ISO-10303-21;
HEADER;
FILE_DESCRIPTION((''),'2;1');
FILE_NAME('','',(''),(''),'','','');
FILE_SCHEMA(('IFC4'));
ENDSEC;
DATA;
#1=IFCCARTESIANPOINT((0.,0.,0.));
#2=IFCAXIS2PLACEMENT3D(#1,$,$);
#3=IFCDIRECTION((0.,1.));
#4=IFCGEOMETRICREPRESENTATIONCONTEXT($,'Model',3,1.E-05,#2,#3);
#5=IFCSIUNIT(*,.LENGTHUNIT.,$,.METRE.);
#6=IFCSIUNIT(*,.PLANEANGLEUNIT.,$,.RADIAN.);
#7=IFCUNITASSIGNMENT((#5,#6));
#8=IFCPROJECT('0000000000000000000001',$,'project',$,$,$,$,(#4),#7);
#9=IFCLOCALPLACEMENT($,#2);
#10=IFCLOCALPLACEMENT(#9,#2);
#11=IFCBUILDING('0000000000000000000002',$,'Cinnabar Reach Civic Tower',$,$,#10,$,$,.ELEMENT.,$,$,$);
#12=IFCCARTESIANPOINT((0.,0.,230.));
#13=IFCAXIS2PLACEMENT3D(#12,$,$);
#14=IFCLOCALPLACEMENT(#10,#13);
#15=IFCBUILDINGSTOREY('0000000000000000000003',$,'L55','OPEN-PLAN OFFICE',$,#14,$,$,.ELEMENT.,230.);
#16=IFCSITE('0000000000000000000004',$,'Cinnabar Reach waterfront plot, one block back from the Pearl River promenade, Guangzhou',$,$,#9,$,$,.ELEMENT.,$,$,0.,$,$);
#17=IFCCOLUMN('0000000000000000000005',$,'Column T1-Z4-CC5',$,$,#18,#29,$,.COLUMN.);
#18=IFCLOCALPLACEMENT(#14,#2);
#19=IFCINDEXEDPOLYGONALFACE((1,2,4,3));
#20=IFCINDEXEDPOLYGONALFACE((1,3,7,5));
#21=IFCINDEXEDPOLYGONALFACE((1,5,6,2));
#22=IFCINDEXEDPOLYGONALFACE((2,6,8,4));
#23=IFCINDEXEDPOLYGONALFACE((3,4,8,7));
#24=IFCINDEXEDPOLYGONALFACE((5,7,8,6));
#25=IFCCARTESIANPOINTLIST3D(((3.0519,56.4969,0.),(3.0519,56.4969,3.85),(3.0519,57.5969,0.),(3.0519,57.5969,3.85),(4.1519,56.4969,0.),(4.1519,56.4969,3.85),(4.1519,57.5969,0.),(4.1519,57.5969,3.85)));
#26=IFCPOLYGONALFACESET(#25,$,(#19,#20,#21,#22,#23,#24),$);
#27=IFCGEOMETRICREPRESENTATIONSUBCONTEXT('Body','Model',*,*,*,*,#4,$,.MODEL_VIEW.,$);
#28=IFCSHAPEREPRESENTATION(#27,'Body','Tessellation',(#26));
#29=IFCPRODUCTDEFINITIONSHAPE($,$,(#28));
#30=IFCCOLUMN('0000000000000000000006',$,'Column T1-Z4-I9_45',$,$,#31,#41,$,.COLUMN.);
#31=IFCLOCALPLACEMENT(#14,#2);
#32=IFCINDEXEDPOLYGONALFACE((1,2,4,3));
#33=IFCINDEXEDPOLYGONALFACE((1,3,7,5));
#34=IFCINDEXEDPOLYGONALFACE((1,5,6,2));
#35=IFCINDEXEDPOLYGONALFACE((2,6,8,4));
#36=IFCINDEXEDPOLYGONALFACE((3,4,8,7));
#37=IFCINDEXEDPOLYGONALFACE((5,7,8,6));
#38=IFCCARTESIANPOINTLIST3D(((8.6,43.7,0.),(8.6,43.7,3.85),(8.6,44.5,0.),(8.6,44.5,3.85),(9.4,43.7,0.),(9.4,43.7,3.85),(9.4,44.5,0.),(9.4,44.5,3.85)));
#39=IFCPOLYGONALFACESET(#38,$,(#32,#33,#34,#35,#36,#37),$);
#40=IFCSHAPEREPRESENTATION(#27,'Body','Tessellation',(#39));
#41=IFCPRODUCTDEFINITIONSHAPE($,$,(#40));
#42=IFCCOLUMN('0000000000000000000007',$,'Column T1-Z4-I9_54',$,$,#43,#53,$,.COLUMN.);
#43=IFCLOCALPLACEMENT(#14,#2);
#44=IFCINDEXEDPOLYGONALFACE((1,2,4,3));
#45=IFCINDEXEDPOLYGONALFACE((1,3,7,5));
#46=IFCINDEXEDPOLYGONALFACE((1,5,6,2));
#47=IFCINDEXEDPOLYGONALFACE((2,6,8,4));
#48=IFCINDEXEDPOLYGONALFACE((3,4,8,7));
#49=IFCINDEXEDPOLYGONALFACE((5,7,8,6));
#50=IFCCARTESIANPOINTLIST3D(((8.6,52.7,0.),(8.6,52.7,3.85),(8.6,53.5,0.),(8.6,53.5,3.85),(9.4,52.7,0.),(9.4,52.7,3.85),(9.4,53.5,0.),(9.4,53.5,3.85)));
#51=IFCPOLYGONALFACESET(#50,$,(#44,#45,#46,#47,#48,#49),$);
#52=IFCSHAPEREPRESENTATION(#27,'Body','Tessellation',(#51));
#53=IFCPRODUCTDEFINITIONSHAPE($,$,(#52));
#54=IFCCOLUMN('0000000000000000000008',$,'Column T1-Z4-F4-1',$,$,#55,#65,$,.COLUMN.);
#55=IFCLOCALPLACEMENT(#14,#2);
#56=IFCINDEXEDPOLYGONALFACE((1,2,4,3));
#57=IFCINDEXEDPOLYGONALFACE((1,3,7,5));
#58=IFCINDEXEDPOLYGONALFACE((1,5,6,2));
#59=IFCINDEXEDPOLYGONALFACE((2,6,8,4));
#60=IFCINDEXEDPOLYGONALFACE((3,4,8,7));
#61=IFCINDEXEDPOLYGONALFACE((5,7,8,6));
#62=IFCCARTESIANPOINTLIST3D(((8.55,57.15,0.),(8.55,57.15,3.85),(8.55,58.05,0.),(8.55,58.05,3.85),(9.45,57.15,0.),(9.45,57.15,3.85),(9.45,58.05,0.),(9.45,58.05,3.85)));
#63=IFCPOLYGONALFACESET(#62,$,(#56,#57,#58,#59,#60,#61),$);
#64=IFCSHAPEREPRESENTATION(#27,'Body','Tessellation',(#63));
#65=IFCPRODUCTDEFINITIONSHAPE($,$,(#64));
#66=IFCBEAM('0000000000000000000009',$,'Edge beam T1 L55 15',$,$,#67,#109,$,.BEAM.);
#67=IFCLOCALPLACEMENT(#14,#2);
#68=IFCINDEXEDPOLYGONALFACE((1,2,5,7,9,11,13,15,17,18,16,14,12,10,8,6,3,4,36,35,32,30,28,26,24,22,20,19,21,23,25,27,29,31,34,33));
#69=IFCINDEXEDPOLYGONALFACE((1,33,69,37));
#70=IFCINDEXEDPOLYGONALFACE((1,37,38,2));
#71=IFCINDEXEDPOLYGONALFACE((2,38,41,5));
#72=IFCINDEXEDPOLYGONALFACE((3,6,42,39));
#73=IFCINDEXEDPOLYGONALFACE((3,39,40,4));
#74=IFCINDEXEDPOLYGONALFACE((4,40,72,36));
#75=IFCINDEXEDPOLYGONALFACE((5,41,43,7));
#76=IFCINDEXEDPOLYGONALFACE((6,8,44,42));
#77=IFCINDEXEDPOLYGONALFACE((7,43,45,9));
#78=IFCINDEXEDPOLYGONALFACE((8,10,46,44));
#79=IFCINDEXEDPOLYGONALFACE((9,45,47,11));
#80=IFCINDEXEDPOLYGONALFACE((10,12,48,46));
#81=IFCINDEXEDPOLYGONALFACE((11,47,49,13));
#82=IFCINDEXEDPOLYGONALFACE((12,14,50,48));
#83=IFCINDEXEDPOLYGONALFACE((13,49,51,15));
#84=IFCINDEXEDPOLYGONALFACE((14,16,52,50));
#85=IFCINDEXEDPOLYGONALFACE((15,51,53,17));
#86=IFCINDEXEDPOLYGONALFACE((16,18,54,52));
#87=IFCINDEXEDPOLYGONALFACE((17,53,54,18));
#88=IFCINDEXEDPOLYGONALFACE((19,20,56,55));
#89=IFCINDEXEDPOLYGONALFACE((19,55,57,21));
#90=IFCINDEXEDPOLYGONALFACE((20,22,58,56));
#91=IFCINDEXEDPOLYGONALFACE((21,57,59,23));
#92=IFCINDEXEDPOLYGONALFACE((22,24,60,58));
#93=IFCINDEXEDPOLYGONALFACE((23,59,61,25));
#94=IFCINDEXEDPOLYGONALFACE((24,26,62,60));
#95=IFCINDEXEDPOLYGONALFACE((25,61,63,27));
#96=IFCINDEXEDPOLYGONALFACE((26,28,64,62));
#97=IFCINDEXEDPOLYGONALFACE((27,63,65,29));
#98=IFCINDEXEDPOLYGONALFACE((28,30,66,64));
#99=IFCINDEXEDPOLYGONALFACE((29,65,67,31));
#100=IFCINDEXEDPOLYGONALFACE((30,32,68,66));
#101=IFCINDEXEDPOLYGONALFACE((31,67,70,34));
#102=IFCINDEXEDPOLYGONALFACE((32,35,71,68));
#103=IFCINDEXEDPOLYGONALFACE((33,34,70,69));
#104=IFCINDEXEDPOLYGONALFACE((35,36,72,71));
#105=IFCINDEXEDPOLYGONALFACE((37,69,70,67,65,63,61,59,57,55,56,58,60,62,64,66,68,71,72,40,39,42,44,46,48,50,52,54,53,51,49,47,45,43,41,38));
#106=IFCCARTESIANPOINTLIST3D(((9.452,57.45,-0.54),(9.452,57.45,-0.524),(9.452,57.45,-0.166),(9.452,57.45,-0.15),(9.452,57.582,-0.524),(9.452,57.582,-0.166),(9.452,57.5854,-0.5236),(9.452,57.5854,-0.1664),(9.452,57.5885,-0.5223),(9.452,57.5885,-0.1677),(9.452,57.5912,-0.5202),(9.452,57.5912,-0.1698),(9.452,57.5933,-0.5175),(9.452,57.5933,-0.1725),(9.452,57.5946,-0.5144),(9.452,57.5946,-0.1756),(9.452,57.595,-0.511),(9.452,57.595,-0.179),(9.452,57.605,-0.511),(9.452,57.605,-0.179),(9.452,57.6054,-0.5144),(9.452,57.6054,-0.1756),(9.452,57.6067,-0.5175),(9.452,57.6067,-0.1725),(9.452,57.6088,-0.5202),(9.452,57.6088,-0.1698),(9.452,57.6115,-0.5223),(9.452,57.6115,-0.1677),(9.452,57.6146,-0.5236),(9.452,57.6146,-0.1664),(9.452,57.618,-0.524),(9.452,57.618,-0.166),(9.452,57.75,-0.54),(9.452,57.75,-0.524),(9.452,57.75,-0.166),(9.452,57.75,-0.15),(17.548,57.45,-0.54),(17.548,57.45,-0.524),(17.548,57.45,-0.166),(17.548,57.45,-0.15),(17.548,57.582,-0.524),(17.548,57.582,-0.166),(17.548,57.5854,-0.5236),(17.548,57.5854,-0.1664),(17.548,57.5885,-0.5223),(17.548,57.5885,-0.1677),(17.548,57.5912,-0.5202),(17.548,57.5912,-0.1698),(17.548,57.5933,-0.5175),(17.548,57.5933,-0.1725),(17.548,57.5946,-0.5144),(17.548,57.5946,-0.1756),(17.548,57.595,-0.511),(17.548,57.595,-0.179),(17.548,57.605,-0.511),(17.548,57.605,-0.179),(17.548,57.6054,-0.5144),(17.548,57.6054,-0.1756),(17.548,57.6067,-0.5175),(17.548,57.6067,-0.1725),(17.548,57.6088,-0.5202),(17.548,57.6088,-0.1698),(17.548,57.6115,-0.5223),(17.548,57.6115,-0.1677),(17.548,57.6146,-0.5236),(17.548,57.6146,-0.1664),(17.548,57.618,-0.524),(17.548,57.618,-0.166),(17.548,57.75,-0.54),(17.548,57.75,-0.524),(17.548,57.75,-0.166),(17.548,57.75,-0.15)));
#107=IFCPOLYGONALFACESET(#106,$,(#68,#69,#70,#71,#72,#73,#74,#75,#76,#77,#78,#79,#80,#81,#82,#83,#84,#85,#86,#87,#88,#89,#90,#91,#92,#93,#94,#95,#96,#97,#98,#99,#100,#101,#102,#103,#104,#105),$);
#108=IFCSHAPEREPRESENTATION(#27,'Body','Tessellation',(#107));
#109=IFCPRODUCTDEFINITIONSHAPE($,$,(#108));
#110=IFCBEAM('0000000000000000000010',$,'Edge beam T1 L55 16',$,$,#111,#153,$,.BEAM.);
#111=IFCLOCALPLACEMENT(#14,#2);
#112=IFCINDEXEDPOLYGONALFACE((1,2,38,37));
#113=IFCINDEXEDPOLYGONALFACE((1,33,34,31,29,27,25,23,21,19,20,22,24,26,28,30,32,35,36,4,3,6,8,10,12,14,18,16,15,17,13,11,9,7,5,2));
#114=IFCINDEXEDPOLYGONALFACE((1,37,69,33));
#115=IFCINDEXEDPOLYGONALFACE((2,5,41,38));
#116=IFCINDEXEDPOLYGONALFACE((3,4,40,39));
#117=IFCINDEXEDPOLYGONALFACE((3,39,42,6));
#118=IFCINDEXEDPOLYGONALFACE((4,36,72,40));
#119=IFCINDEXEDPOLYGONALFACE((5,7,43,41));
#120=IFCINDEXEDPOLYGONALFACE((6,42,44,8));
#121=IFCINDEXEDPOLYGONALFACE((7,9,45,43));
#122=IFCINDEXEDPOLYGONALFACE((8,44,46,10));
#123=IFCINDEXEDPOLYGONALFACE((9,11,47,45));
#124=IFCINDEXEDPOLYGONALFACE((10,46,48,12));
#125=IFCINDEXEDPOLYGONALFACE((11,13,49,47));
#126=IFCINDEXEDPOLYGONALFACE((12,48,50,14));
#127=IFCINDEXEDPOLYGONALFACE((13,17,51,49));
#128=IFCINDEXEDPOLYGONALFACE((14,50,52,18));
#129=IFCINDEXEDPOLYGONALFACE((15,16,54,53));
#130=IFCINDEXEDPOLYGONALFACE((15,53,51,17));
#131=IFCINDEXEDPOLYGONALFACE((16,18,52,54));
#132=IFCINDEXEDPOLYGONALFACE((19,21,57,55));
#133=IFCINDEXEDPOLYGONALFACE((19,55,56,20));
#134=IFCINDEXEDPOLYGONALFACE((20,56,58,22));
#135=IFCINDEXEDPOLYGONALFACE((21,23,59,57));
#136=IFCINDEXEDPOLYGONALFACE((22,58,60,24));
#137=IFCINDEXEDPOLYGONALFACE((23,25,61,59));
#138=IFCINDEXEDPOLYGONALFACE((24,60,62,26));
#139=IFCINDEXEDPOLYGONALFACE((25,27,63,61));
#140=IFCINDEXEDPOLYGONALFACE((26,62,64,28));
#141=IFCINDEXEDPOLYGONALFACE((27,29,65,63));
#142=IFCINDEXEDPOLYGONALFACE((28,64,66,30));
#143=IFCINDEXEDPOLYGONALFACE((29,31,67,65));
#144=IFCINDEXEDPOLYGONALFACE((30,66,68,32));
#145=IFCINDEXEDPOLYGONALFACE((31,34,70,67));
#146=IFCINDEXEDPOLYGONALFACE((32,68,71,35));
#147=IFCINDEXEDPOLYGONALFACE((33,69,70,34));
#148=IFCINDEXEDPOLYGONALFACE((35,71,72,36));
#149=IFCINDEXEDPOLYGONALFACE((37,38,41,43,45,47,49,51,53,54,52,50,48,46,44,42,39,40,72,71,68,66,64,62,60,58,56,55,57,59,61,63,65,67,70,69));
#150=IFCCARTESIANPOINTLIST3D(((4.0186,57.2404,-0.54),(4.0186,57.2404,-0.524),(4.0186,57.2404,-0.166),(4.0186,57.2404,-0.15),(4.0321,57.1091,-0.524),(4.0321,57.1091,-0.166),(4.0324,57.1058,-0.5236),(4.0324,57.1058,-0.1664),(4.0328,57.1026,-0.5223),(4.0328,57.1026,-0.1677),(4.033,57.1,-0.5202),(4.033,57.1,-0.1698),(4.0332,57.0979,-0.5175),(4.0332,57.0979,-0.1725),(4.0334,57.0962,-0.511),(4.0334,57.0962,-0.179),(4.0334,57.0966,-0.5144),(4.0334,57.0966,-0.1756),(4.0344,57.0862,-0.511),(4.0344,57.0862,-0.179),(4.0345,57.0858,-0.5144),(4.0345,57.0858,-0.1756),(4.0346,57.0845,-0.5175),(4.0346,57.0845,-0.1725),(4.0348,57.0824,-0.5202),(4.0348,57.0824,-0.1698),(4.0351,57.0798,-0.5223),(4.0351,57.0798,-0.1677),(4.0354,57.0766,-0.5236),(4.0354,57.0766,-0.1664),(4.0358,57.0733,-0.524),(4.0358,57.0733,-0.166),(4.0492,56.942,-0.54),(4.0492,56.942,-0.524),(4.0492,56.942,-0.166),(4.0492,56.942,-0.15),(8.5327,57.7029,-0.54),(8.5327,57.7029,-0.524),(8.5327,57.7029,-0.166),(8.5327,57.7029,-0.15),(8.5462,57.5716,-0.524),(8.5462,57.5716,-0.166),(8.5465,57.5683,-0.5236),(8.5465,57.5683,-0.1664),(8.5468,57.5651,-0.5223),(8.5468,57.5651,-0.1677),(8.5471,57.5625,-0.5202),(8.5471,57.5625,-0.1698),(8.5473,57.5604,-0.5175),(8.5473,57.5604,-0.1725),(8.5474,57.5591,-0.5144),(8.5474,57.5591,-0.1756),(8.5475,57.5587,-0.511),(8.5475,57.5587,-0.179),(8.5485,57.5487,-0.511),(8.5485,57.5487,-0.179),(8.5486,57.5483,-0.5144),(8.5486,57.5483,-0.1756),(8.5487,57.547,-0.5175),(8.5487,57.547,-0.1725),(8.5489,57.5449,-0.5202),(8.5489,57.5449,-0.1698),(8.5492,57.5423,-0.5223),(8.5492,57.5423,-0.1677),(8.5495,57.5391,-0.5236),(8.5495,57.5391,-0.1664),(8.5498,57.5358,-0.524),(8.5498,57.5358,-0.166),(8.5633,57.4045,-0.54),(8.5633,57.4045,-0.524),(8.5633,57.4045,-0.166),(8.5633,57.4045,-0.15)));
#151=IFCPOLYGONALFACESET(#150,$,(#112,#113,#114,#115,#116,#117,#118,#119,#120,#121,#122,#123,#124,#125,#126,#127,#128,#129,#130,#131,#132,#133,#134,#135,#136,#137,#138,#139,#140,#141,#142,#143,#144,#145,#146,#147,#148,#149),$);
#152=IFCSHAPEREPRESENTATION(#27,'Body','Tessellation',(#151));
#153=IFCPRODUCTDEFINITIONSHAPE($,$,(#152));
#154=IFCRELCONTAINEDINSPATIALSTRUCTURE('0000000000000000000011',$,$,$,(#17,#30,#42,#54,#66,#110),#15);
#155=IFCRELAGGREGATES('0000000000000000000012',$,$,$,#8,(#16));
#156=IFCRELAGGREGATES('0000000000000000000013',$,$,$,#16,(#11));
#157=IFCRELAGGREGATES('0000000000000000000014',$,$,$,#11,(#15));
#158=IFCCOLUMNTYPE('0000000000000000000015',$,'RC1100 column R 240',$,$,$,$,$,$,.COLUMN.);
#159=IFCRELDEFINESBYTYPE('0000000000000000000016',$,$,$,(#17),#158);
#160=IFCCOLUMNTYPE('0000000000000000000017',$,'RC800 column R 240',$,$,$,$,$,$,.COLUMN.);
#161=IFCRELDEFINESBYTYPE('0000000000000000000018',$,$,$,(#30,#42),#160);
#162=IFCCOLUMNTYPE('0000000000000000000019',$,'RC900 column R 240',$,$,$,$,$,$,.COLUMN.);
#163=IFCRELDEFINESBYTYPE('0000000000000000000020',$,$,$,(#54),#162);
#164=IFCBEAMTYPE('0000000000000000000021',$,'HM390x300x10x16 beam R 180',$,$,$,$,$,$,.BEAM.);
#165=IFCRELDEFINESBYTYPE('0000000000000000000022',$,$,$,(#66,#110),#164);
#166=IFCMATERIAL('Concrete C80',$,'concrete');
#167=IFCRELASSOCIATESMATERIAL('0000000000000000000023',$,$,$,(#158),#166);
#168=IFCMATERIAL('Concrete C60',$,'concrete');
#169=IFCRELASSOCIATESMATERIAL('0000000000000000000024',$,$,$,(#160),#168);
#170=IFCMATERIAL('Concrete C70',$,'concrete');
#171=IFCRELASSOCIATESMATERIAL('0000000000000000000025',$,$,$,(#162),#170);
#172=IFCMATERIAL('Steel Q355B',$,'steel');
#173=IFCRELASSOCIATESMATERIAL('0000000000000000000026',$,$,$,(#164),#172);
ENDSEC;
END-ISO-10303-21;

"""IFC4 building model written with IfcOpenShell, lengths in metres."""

from ifc_helpers import new_model, si_unit, direction, frame, origin, origin_2d, place, context, subcontext, project, spatial, rectangle, i_section, extrude, material, material_profile, profile_set, type_object, element, save


model = new_model("IFC4")

# Units and contexts
model_context = context("Model", 3, precision=1e-05, world=origin(), true_north=direction((0.0, 1.0)))
body_context = subcontext(model_context, "Body", "Model", "MODEL_VIEW")
ifc_project = project(units=[si_unit("LENGTHUNIT", "METRE"), si_unit("PLANEANGLEUNIT", "RADIAN")], contexts=[model_context])

# Site, building, storey
site_placement = place(None, origin())
site = spatial("IfcSite", under=ifc_project, at=site_placement, Name="Cinnabar Reach waterfront plot, one block back from the Pearl River promenade, Guangzhou", CompositionType="ELEMENT", RefElevation=0.0)
building_placement = place(site_placement, origin())
building = spatial("IfcBuilding", under=site, at=building_placement, Name="Cinnabar Reach Civic Tower", CompositionType="ELEMENT")
storey_placement = place(building_placement, frame((0.0, 0.0, 230.0)))
storey = spatial("IfcBuildingStorey", under=building, at=storey_placement, Name="L55", Description="OPEN-PLAN OFFICE", CompositionType="ELEMENT", Elevation=230.0)

# Columns
ifc_material_1 = material(Name="Concrete C80", Category="concrete")
ifc_material_profile_1 = material_profile(ifc_material_1, rectangle(XDim=1.1, YDim=1.1, at=origin_2d()), Name="RC1100")
ifc_profile_set_1 = profile_set([ifc_material_profile_1], Name="Concrete C80")
column_type_1 = type_object("IfcColumnType", Name="RC1100 column R 240", PredefinedType="COLUMN", material=ifc_profile_set_1)
column_1_placement = place(storey_placement, frame((3.6019, 57.0469, 0.0), z_axis=(0.0, 0.0, 1.0), x_axis=(1.0, 0.0, 0.0)))
element("IfcColumn", 1, at=column_1_placement, inside=storey, type_object=column_type_1, Name="Column T1-Z4-CC5", PredefinedType="COLUMN", context=body_context, shape_type="SweptSolid", body=[
    extrude(rectangle(XDim=1.1, YDim=1.1, at=origin_2d()), origin(), (0.0, 0.0, 1.0), 3.85),
])
ifc_material_2 = material(Name="Concrete C60", Category="concrete")
ifc_material_profile_2 = material_profile(ifc_material_2, rectangle(XDim=0.8, YDim=0.8, at=origin_2d()), Name="RC800")
ifc_profile_set_2 = profile_set([ifc_material_profile_2], Name="Concrete C60")
column_type_2 = type_object("IfcColumnType", Name="RC800 column R 240", PredefinedType="COLUMN", material=ifc_profile_set_2)
for number, where, z_axis, x_axis, name in (
    (2, (9.0, 44.1, 0.0), (0.0, 0.0, 1.0), (1.0, 0.0, 0.0), "Column T1-Z4-I9_45"),
    (3, (9.0, 53.1, 0.0), (0.0, 0.0, 1.0), (1.0, 0.0, 0.0), "Column T1-Z4-I9_54"),
):
    element("IfcColumn", number, at=place(storey_placement, frame(where, z_axis=z_axis, x_axis=x_axis)), inside=storey, type_object=column_type_2, Name=name, PredefinedType="COLUMN", context=body_context, shape_type="SweptSolid", body=[
        extrude(rectangle(XDim=0.8, YDim=0.8, at=origin_2d()), origin(), (0.0, 0.0, 1.0), 3.85),
    ])
ifc_material_3 = material(Name="Concrete C70", Category="concrete")
ifc_material_profile_3 = material_profile(ifc_material_3, rectangle(XDim=0.9, YDim=0.9, at=origin_2d()), Name="RC900")
ifc_profile_set_3 = profile_set([ifc_material_profile_3], Name="Concrete C70")
column_type_3 = type_object("IfcColumnType", Name="RC900 column R 240", PredefinedType="COLUMN", material=ifc_profile_set_3)
column_2_placement = place(storey_placement, frame((9.0, 57.6, 0.0), z_axis=(0.0, 0.0, 1.0), x_axis=(1.0, 0.0, 0.0)))
element("IfcColumn", 4, at=column_2_placement, inside=storey, type_object=column_type_3, Name="Column T1-Z4-F4-1", PredefinedType="COLUMN", context=body_context, shape_type="SweptSolid", body=[
    extrude(rectangle(XDim=0.9, YDim=0.9, at=origin_2d()), origin(), (0.0, 0.0, 1.0), 3.85),
])

# Beams
ifc_material_4 = material(Name="Steel Q355B", Category="steel")
ifc_material_profile_4 = material_profile(ifc_material_4, i_section(OverallWidth=0.3, OverallDepth=0.39, WebThickness=0.01, FlangeThickness=0.016, FilletRadius=0.013, at=origin_2d()), Name="HM390x300x10x16")
ifc_profile_set_4 = profile_set([ifc_material_profile_4], Name="Steel Q355B")
beam_type_1 = type_object("IfcBeamType", Name="HM390x300x10x16 beam R 180", PredefinedType="BEAM", material=ifc_profile_set_4)
beam_1_placement = place(storey_placement, frame((17.548, 57.6, -0.345), z_axis=(-1.0, 0.0, 0.0), x_axis=(0.0, -1.0, 0.0)))
element("IfcBeam", 5, at=beam_1_placement, inside=storey, type_object=beam_type_1, Name="Edge beam T1 L55 15", PredefinedType="BEAM", context=body_context, shape_type="SweptSolid", body=[
    extrude(i_section(OverallWidth=0.3, OverallDepth=0.39, WebThickness=0.01, FlangeThickness=0.016, FilletRadius=0.013, at=origin_2d()), origin(), (0.0, 0.0, 1.0), 8.096),
])
beam_2_placement = place(storey_placement, frame((8.548, 57.5537, -0.345), z_axis=(-0.994792, -0.101923, 0.0), x_axis=(0.101923, -0.994792, 0.0)))
element("IfcBeam", 6, at=beam_2_placement, inside=storey, type_object=beam_type_1, Name="Edge beam T1 L55 16", PredefinedType="BEAM", context=body_context, shape_type="SweptSolid", body=[
    extrude(i_section(OverallWidth=0.3, OverallDepth=0.39, WebThickness=0.01, FlangeThickness=0.016, FilletRadius=0.013, at=origin_2d()), origin(), (0.0, 0.0, 1.0), 4.5377),
])

save(model, "model.ifc")
